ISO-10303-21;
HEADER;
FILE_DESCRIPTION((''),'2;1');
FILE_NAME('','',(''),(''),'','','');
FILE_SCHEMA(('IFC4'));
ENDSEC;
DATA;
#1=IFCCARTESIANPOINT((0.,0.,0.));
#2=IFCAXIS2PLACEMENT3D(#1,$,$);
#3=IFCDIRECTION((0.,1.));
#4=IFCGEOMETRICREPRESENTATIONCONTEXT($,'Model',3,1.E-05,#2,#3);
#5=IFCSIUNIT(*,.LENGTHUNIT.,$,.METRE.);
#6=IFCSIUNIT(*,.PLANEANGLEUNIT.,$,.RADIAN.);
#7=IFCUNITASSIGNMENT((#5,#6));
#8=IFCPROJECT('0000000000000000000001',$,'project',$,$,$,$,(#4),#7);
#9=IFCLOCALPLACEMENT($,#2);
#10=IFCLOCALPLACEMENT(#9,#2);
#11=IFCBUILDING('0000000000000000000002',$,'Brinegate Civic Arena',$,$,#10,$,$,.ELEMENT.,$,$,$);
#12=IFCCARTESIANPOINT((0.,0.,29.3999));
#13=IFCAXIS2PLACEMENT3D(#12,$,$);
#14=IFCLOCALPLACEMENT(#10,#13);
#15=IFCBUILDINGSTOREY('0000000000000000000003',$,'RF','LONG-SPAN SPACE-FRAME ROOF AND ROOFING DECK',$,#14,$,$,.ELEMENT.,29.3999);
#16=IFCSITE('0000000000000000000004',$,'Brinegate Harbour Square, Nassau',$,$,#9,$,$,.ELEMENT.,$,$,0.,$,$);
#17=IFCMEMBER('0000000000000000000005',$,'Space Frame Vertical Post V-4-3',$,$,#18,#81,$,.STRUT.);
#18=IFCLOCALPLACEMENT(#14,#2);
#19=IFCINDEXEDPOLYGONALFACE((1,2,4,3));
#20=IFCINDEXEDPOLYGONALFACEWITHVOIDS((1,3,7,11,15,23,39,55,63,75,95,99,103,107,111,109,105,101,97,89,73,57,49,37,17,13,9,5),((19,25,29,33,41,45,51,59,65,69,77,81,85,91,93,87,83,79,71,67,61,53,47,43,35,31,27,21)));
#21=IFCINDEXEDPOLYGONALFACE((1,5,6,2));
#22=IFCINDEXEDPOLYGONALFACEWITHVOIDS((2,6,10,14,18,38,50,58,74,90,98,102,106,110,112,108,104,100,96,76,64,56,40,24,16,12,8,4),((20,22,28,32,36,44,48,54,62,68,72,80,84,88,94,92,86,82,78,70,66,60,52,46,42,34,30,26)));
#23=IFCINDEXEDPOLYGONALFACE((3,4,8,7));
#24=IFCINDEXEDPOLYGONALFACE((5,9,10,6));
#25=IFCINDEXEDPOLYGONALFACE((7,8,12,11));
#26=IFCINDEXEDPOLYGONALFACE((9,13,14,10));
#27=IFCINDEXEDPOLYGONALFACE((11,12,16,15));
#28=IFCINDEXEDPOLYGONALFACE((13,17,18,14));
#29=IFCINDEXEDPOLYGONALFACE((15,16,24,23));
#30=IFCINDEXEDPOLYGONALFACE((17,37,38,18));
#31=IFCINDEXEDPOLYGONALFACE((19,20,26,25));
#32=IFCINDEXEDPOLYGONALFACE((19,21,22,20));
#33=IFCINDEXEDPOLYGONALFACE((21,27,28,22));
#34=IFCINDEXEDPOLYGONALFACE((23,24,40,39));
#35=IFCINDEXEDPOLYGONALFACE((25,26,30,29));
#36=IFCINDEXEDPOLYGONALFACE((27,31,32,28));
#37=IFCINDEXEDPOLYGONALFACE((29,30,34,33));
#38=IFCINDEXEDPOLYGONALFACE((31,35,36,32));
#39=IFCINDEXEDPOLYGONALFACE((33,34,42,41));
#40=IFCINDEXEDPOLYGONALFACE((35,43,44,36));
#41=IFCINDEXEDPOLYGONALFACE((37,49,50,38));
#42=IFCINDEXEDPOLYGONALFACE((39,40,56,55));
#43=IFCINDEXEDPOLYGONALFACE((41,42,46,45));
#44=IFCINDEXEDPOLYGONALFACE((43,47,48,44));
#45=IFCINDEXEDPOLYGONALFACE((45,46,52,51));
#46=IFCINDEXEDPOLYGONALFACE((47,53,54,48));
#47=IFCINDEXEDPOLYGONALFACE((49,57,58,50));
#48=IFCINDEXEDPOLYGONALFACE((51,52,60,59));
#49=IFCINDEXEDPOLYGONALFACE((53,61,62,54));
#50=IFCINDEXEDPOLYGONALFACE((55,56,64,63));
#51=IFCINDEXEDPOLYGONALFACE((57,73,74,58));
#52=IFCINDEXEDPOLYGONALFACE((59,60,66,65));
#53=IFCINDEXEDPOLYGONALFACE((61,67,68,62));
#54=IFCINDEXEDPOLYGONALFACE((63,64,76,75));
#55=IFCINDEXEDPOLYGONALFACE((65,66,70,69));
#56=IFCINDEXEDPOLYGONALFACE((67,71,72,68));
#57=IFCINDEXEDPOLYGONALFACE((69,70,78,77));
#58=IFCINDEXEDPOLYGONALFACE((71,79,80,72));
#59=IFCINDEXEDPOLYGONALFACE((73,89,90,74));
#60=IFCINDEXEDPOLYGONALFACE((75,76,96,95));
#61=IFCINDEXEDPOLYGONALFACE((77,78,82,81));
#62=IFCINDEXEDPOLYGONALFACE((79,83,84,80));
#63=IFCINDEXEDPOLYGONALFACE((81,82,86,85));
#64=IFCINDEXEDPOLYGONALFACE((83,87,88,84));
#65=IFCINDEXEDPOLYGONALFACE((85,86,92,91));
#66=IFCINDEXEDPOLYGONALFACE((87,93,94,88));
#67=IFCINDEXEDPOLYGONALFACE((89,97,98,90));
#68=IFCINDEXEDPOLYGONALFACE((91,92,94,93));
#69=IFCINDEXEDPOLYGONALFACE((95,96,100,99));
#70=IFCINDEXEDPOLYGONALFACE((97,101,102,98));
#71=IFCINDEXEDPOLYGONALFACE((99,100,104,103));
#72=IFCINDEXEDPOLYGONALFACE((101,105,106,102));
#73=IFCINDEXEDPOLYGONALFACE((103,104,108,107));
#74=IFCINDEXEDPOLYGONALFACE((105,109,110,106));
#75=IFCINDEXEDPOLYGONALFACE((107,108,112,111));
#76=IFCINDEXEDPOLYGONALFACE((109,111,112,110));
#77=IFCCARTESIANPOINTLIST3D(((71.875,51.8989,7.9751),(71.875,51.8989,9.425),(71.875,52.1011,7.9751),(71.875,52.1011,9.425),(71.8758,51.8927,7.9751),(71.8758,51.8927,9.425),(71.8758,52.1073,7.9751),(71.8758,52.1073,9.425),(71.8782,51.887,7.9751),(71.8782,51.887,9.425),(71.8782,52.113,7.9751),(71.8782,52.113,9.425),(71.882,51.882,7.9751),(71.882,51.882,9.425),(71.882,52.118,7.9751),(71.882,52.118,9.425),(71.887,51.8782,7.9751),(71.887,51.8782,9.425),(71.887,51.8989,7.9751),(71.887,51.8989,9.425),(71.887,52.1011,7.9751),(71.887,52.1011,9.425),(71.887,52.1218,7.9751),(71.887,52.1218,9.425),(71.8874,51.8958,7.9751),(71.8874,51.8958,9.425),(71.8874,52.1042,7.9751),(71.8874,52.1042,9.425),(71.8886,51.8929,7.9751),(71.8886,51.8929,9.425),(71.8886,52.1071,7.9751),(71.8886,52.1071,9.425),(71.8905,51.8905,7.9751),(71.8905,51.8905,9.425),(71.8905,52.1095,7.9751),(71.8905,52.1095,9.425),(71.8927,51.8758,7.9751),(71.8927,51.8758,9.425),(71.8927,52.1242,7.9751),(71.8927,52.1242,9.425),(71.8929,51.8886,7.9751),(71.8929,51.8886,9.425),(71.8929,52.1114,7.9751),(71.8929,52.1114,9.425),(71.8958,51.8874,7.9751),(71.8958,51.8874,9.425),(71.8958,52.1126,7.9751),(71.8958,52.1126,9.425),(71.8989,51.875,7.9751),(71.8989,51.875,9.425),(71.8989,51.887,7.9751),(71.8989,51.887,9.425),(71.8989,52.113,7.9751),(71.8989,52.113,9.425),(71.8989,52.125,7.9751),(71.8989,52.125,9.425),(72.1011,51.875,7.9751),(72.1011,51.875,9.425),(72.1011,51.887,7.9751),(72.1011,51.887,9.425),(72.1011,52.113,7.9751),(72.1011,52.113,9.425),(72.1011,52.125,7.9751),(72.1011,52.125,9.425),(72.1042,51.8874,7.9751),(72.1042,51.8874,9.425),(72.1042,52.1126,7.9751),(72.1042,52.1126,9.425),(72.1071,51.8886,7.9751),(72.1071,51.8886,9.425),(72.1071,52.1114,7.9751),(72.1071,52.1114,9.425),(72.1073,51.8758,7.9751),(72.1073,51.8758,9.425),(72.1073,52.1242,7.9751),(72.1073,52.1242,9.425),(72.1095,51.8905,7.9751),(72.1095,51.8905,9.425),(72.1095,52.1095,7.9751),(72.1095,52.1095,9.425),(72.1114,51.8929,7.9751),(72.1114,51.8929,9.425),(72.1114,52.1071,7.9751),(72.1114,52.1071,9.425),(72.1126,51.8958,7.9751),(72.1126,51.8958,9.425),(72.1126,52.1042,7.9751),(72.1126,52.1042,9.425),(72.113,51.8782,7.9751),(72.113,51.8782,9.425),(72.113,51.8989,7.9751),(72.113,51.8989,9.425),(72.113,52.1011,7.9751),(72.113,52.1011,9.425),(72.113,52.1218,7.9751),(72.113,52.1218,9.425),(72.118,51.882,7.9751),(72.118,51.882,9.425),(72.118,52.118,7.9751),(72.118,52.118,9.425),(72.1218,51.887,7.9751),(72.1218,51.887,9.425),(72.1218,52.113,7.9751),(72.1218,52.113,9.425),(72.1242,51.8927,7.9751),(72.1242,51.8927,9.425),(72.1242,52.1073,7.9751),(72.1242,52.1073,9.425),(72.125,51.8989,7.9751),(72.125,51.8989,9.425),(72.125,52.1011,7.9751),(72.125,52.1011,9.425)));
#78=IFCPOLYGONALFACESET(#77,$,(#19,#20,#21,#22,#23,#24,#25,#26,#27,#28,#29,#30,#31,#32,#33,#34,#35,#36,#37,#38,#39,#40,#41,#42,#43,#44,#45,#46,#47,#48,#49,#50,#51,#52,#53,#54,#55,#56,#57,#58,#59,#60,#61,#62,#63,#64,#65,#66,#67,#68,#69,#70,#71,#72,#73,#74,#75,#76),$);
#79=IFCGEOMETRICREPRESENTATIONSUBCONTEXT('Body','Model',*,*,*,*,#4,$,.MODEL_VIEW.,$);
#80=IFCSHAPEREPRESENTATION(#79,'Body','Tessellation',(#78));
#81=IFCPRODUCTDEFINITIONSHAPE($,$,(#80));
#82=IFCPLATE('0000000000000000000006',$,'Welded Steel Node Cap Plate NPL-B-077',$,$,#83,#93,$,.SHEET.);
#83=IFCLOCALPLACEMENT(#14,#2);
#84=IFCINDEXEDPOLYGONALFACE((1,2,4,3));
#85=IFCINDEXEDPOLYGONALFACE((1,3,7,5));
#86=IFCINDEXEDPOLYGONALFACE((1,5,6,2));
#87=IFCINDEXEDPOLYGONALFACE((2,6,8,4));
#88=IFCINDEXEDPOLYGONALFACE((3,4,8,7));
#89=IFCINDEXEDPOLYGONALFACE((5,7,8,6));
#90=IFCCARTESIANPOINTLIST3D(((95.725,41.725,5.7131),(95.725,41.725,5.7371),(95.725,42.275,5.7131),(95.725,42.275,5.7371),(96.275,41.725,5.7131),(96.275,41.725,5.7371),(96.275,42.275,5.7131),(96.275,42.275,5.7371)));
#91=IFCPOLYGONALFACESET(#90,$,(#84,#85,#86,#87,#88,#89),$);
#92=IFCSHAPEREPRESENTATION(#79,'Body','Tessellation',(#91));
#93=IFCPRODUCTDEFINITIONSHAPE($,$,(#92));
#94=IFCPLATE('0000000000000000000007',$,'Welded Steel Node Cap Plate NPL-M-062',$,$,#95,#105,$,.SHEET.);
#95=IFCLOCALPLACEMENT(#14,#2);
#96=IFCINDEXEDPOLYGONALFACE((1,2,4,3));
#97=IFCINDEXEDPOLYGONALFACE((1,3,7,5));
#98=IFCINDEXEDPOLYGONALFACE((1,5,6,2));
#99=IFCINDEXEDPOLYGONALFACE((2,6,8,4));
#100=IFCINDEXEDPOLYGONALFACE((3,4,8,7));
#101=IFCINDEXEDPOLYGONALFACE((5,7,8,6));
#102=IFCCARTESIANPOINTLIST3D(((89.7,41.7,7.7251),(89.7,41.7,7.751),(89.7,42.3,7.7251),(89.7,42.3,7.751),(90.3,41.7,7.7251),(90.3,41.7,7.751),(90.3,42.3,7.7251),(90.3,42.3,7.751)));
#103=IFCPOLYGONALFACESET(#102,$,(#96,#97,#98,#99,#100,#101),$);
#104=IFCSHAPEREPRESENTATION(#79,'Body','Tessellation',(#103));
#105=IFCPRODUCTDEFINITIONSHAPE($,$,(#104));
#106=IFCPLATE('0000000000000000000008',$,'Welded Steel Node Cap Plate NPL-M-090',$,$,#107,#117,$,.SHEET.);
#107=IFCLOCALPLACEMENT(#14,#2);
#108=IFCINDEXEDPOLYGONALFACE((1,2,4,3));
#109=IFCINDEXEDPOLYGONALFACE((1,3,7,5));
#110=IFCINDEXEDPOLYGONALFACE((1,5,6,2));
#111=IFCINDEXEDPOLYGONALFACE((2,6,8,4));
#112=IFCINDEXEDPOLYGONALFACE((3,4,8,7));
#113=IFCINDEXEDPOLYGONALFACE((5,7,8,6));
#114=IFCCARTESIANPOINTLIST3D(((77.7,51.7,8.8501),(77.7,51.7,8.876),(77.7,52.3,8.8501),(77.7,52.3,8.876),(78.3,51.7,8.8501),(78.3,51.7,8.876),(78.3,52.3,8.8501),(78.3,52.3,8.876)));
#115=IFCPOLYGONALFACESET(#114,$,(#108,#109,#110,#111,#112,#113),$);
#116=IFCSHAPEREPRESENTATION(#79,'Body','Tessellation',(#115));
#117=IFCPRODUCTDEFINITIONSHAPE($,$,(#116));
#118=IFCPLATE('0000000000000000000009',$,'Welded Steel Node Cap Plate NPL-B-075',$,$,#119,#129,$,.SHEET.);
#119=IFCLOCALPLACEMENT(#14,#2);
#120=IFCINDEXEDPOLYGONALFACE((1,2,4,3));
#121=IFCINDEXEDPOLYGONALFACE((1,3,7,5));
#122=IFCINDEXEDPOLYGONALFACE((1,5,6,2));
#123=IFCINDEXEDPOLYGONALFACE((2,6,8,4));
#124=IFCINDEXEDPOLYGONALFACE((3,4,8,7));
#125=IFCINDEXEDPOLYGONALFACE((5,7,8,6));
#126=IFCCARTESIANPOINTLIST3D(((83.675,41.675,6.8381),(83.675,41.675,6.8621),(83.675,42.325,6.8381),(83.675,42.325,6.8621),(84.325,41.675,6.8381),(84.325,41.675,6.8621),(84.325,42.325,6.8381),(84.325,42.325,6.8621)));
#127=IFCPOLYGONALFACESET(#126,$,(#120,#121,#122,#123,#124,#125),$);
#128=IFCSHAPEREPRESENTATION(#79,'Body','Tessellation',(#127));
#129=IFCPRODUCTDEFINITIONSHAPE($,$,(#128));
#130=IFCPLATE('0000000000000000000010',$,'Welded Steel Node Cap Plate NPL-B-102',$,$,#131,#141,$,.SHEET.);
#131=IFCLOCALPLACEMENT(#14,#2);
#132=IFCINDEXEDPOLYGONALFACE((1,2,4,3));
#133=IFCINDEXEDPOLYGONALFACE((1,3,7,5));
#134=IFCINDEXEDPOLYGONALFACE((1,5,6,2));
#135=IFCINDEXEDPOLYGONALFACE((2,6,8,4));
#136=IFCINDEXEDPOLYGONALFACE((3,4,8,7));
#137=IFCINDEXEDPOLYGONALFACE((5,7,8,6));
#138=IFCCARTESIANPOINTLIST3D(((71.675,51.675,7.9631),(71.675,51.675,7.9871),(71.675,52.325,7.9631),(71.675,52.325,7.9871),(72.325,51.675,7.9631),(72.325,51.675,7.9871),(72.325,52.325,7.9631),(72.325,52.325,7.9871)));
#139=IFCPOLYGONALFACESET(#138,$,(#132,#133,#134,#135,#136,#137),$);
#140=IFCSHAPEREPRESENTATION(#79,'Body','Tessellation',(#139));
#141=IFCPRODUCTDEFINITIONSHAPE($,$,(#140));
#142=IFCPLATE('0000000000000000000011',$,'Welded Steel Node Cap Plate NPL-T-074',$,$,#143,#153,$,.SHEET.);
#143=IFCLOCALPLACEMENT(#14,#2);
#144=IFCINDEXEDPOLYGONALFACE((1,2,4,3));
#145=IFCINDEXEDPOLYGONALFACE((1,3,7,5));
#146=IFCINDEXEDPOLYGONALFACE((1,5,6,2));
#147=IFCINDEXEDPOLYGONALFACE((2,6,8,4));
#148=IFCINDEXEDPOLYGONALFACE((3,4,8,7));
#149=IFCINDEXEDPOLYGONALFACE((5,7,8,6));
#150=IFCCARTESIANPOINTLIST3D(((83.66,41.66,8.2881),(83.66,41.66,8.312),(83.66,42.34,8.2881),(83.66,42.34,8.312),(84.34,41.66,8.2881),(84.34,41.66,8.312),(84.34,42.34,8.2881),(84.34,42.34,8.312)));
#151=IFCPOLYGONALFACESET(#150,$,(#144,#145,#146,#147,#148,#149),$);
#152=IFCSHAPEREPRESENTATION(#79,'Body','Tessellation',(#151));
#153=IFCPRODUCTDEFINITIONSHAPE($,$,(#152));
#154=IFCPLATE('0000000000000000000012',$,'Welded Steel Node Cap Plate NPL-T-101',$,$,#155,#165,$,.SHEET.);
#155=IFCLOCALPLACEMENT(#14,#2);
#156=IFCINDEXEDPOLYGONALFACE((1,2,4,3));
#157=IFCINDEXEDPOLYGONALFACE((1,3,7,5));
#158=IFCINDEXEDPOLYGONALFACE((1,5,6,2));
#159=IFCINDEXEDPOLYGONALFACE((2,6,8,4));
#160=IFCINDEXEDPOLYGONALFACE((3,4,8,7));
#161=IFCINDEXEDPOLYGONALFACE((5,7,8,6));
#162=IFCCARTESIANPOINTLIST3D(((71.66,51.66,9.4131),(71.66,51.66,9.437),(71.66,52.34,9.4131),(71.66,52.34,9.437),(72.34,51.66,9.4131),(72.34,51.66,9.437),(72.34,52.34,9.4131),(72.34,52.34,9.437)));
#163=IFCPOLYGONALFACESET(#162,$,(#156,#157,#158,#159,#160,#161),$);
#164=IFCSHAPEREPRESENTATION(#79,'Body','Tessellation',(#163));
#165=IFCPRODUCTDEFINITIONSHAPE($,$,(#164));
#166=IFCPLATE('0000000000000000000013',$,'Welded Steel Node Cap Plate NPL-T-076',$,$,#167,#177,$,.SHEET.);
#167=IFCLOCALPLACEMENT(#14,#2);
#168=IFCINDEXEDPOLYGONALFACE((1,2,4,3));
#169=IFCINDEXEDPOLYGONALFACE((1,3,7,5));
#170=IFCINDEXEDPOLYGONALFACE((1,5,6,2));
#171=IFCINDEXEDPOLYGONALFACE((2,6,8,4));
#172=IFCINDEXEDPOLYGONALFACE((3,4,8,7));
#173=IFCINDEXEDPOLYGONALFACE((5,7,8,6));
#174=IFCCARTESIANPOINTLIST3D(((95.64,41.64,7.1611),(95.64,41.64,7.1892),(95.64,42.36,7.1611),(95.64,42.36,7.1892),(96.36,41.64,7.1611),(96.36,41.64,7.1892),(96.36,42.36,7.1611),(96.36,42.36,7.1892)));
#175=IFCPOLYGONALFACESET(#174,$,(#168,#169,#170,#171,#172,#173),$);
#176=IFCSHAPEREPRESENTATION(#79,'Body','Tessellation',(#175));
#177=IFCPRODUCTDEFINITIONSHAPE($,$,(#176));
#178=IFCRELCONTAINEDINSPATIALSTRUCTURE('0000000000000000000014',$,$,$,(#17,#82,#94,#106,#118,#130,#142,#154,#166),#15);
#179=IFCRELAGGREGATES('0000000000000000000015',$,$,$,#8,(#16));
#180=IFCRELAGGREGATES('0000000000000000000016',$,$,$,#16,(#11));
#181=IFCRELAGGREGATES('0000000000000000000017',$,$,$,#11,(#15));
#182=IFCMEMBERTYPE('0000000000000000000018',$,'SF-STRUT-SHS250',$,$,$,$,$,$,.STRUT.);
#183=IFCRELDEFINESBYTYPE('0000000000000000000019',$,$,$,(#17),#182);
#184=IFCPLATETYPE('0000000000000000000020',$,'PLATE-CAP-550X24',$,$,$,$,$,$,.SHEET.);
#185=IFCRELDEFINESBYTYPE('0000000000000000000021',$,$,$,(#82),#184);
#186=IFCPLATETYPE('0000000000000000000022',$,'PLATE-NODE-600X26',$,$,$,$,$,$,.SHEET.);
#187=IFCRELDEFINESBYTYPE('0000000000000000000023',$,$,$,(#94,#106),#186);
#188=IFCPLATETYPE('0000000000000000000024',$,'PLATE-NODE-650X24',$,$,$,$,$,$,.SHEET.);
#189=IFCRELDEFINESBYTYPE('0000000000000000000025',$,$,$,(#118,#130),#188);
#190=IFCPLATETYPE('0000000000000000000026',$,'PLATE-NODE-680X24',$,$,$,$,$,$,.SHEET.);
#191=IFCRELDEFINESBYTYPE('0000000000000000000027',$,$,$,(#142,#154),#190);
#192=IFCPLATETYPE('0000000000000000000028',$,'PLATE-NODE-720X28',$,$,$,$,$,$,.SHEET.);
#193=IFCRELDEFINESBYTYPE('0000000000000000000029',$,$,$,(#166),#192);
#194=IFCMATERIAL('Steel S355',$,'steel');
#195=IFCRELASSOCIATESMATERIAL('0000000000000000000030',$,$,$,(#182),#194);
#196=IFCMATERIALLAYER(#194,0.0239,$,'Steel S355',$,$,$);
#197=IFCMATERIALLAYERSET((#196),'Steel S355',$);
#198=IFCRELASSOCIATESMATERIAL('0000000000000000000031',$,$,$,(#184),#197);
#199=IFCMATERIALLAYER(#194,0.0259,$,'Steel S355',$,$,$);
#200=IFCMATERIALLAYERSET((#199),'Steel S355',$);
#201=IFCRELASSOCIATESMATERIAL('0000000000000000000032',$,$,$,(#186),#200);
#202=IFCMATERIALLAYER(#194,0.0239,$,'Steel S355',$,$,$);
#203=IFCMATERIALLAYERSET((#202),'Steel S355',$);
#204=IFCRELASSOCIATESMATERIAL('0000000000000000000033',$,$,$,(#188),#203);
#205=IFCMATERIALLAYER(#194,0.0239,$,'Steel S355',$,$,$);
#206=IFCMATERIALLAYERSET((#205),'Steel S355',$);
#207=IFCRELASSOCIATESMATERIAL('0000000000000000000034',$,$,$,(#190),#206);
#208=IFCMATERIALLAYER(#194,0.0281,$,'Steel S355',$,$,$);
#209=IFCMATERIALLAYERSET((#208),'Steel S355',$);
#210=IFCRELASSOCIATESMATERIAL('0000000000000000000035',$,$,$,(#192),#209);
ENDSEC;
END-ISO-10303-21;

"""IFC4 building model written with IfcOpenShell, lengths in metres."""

from ifc_helpers import new_model, si_unit, direction, frame, origin, origin_2d, place, context, subcontext, project, spatial, rectangle, hollow_rectangle, extrude, material, layer, layer_set, material_profile, profile_set, type_object, element, save


model = new_model("IFC4")

# Units and contexts
model_context = context("Model", 3, precision=1e-05, world=origin(), true_north=direction((0.0, 1.0)))
body_context = subcontext(model_context, "Body", "Model", "MODEL_VIEW")
ifc_project = project(units=[si_unit("LENGTHUNIT", "METRE"), si_unit("PLANEANGLEUNIT", "RADIAN")], contexts=[model_context])

# Site, building, storey
site_placement = place(None, origin())
site = spatial("IfcSite", under=ifc_project, at=site_placement, Name="Brinegate Harbour Square, Nassau", CompositionType="ELEMENT", RefElevation=0.0)
building_placement = place(site_placement, origin())
building = spatial("IfcBuilding", under=site, at=building_placement, Name="Brinegate Civic Arena", CompositionType="ELEMENT")
storey_placement = place(building_placement, frame((0.0, 0.0, 29.3999)))
storey = spatial("IfcBuildingStorey", under=building, at=storey_placement, Name="RF", Description="LONG-SPAN SPACE-FRAME ROOF AND ROOFING DECK", CompositionType="ELEMENT", Elevation=29.3999)

# Member
ifc_material = material(Name="Steel S355", Category="steel")
ifc_material_profile_1 = material_profile(ifc_material, hollow_rectangle(XDim=0.25, YDim=0.25, WallThickness=0.012, InnerFilletRadius=0.012, OuterFilletRadius=0.0239, at=origin_2d()), Name="SHS250X12")
ifc_profile_set_1 = profile_set([ifc_material_profile_1], Name="Steel S355")
member_type_1 = type_object("IfcMemberType", Name="SF-STRUT-SHS250", PredefinedType="STRUT", material=ifc_profile_set_1)
member_1_placement = place(storey_placement, frame((72.0, 52.0, 7.9751), z_axis=(0.0, 0.0, 1.0), x_axis=(1.0, 0.0, 0.0)))
element("IfcMember", 1, at=member_1_placement, inside=storey, type_object=member_type_1, Name="Space Frame Vertical Post V-4-3", PredefinedType="STRUT", context=body_context, shape_type="SweptSolid", body=[
    extrude(hollow_rectangle(XDim=0.25, YDim=0.25, WallThickness=0.012, InnerFilletRadius=0.012, OuterFilletRadius=0.0239, at=origin_2d()), origin(), (0.0, 0.0, 1.0), 1.45),
])

# Plates
ifc_layer_1 = layer(ifc_material, 0.0239, Name="Steel S355")
ifc_layer_set_1 = layer_set([ifc_layer_1], Name="Steel S355")
plate_type_1 = type_object("IfcPlateType", Name="PLATE-CAP-550X24", PredefinedType="SHEET", material=ifc_layer_set_1)
plate_1_placement = place(storey_placement, frame((96.0, 42.0, 5.7131), z_axis=(0.0, 0.0, 1.0), x_axis=(1.0, 0.0, 0.0)))
element("IfcPlate", 2, at=plate_1_placement, inside=storey, type_object=plate_type_1, Name="Welded Steel Node Cap Plate NPL-B-077", PredefinedType="SHEET", context=body_context, shape_type="SweptSolid", body=[
    extrude(rectangle(XDim=0.55, YDim=0.55, at=origin_2d()), origin(), (0.0, 0.0, 1.0), 0.0239),
])
ifc_layer_2 = layer(ifc_material, 0.0259, Name="Steel S355")
ifc_layer_set_2 = layer_set([ifc_layer_2], Name="Steel S355")
plate_type_2 = type_object("IfcPlateType", Name="PLATE-NODE-600X26", PredefinedType="SHEET", material=ifc_layer_set_2)
for number, where, z_axis, x_axis, name in (
    (3, (90.0, 42.0, 7.7251), (0.0, 0.0, 1.0), (1.0, 0.0, 0.0), "Welded Steel Node Cap Plate NPL-M-062"),
    (4, (78.0, 52.0, 8.8501), (0.0, 0.0, 1.0), (1.0, 0.0, 0.0), "Welded Steel Node Cap Plate NPL-M-090"),
):
    element("IfcPlate", number, at=place(storey_placement, frame(where, z_axis=z_axis, x_axis=x_axis)), inside=storey, type_object=plate_type_2, Name=name, PredefinedType="SHEET", context=body_context, shape_type="SweptSolid", body=[
        extrude(rectangle(XDim=0.6001, YDim=0.6001, at=origin_2d()), origin(), (0.0, 0.0, 1.0), 0.0259),
    ])
ifc_layer_3 = layer(ifc_material, 0.0239, Name="Steel S355")
ifc_layer_set_3 = layer_set([ifc_layer_3], Name="Steel S355")
plate_type_3 = type_object("IfcPlateType", Name="PLATE-NODE-650X24", PredefinedType="SHEET", material=ifc_layer_set_3)
for number, where, z_axis, x_axis, name in (
    (5, (84.0, 42.0, 6.8381), (0.0, 0.0, 1.0), (1.0, 0.0, 0.0), "Welded Steel Node Cap Plate NPL-B-075"),
    (6, (72.0, 52.0, 7.9631), (0.0, 0.0, 1.0), (1.0, 0.0, 0.0), "Welded Steel Node Cap Plate NPL-B-102"),
):
    element("IfcPlate", number, at=place(storey_placement, frame(where, z_axis=z_axis, x_axis=x_axis)), inside=storey, type_object=plate_type_3, Name=name, PredefinedType="SHEET", context=body_context, shape_type="SweptSolid", body=[
        extrude(rectangle(XDim=0.6499, YDim=0.6499, at=origin_2d()), origin(), (0.0, 0.0, 1.0), 0.0239),
    ])
ifc_layer_4 = layer(ifc_material, 0.0239, Name="Steel S355")
ifc_layer_set_4 = layer_set([ifc_layer_4], Name="Steel S355")
plate_type_4 = type_object("IfcPlateType", Name="PLATE-NODE-680X24", PredefinedType="SHEET", material=ifc_layer_set_4)
for number, where, z_axis, x_axis, name in (
    (7, (84.0, 42.0, 8.2881), (0.0, 0.0, 1.0), (1.0, 0.0, 0.0), "Welded Steel Node Cap Plate NPL-T-074"),
    (8, (72.0, 52.0, 9.4131), (0.0, 0.0, 1.0), (1.0, 0.0, 0.0), "Welded Steel Node Cap Plate NPL-T-101"),
):
    element("IfcPlate", number, at=place(storey_placement, frame(where, z_axis=z_axis, x_axis=x_axis)), inside=storey, type_object=plate_type_4, Name=name, PredefinedType="SHEET", context=body_context, shape_type="SweptSolid", body=[
        extrude(rectangle(XDim=0.6799, YDim=0.6799, at=origin_2d()), origin(), (0.0, 0.0, 1.0), 0.0239),
    ])
ifc_layer_5 = layer(ifc_material, 0.0281, Name="Steel S355")
ifc_layer_set_5 = layer_set([ifc_layer_5], Name="Steel S355")
plate_type_5 = type_object("IfcPlateType", Name="PLATE-NODE-720X28", PredefinedType="SHEET", material=ifc_layer_set_5)
plate_2_placement = place(storey_placement, frame((96.0, 42.0, 7.1611), z_axis=(0.0, 0.0, 1.0), x_axis=(1.0, 0.0, 0.0)))
element("IfcPlate", 9, at=plate_2_placement, inside=storey, type_object=plate_type_5, Name="Welded Steel Node Cap Plate NPL-T-076", PredefinedType="SHEET", context=body_context, shape_type="SweptSolid", body=[
    extrude(rectangle(XDim=0.72, YDim=0.72, at=origin_2d()), origin(), (0.0, 0.0, 1.0), 0.0281),
])

save(model, "model.ifc")
